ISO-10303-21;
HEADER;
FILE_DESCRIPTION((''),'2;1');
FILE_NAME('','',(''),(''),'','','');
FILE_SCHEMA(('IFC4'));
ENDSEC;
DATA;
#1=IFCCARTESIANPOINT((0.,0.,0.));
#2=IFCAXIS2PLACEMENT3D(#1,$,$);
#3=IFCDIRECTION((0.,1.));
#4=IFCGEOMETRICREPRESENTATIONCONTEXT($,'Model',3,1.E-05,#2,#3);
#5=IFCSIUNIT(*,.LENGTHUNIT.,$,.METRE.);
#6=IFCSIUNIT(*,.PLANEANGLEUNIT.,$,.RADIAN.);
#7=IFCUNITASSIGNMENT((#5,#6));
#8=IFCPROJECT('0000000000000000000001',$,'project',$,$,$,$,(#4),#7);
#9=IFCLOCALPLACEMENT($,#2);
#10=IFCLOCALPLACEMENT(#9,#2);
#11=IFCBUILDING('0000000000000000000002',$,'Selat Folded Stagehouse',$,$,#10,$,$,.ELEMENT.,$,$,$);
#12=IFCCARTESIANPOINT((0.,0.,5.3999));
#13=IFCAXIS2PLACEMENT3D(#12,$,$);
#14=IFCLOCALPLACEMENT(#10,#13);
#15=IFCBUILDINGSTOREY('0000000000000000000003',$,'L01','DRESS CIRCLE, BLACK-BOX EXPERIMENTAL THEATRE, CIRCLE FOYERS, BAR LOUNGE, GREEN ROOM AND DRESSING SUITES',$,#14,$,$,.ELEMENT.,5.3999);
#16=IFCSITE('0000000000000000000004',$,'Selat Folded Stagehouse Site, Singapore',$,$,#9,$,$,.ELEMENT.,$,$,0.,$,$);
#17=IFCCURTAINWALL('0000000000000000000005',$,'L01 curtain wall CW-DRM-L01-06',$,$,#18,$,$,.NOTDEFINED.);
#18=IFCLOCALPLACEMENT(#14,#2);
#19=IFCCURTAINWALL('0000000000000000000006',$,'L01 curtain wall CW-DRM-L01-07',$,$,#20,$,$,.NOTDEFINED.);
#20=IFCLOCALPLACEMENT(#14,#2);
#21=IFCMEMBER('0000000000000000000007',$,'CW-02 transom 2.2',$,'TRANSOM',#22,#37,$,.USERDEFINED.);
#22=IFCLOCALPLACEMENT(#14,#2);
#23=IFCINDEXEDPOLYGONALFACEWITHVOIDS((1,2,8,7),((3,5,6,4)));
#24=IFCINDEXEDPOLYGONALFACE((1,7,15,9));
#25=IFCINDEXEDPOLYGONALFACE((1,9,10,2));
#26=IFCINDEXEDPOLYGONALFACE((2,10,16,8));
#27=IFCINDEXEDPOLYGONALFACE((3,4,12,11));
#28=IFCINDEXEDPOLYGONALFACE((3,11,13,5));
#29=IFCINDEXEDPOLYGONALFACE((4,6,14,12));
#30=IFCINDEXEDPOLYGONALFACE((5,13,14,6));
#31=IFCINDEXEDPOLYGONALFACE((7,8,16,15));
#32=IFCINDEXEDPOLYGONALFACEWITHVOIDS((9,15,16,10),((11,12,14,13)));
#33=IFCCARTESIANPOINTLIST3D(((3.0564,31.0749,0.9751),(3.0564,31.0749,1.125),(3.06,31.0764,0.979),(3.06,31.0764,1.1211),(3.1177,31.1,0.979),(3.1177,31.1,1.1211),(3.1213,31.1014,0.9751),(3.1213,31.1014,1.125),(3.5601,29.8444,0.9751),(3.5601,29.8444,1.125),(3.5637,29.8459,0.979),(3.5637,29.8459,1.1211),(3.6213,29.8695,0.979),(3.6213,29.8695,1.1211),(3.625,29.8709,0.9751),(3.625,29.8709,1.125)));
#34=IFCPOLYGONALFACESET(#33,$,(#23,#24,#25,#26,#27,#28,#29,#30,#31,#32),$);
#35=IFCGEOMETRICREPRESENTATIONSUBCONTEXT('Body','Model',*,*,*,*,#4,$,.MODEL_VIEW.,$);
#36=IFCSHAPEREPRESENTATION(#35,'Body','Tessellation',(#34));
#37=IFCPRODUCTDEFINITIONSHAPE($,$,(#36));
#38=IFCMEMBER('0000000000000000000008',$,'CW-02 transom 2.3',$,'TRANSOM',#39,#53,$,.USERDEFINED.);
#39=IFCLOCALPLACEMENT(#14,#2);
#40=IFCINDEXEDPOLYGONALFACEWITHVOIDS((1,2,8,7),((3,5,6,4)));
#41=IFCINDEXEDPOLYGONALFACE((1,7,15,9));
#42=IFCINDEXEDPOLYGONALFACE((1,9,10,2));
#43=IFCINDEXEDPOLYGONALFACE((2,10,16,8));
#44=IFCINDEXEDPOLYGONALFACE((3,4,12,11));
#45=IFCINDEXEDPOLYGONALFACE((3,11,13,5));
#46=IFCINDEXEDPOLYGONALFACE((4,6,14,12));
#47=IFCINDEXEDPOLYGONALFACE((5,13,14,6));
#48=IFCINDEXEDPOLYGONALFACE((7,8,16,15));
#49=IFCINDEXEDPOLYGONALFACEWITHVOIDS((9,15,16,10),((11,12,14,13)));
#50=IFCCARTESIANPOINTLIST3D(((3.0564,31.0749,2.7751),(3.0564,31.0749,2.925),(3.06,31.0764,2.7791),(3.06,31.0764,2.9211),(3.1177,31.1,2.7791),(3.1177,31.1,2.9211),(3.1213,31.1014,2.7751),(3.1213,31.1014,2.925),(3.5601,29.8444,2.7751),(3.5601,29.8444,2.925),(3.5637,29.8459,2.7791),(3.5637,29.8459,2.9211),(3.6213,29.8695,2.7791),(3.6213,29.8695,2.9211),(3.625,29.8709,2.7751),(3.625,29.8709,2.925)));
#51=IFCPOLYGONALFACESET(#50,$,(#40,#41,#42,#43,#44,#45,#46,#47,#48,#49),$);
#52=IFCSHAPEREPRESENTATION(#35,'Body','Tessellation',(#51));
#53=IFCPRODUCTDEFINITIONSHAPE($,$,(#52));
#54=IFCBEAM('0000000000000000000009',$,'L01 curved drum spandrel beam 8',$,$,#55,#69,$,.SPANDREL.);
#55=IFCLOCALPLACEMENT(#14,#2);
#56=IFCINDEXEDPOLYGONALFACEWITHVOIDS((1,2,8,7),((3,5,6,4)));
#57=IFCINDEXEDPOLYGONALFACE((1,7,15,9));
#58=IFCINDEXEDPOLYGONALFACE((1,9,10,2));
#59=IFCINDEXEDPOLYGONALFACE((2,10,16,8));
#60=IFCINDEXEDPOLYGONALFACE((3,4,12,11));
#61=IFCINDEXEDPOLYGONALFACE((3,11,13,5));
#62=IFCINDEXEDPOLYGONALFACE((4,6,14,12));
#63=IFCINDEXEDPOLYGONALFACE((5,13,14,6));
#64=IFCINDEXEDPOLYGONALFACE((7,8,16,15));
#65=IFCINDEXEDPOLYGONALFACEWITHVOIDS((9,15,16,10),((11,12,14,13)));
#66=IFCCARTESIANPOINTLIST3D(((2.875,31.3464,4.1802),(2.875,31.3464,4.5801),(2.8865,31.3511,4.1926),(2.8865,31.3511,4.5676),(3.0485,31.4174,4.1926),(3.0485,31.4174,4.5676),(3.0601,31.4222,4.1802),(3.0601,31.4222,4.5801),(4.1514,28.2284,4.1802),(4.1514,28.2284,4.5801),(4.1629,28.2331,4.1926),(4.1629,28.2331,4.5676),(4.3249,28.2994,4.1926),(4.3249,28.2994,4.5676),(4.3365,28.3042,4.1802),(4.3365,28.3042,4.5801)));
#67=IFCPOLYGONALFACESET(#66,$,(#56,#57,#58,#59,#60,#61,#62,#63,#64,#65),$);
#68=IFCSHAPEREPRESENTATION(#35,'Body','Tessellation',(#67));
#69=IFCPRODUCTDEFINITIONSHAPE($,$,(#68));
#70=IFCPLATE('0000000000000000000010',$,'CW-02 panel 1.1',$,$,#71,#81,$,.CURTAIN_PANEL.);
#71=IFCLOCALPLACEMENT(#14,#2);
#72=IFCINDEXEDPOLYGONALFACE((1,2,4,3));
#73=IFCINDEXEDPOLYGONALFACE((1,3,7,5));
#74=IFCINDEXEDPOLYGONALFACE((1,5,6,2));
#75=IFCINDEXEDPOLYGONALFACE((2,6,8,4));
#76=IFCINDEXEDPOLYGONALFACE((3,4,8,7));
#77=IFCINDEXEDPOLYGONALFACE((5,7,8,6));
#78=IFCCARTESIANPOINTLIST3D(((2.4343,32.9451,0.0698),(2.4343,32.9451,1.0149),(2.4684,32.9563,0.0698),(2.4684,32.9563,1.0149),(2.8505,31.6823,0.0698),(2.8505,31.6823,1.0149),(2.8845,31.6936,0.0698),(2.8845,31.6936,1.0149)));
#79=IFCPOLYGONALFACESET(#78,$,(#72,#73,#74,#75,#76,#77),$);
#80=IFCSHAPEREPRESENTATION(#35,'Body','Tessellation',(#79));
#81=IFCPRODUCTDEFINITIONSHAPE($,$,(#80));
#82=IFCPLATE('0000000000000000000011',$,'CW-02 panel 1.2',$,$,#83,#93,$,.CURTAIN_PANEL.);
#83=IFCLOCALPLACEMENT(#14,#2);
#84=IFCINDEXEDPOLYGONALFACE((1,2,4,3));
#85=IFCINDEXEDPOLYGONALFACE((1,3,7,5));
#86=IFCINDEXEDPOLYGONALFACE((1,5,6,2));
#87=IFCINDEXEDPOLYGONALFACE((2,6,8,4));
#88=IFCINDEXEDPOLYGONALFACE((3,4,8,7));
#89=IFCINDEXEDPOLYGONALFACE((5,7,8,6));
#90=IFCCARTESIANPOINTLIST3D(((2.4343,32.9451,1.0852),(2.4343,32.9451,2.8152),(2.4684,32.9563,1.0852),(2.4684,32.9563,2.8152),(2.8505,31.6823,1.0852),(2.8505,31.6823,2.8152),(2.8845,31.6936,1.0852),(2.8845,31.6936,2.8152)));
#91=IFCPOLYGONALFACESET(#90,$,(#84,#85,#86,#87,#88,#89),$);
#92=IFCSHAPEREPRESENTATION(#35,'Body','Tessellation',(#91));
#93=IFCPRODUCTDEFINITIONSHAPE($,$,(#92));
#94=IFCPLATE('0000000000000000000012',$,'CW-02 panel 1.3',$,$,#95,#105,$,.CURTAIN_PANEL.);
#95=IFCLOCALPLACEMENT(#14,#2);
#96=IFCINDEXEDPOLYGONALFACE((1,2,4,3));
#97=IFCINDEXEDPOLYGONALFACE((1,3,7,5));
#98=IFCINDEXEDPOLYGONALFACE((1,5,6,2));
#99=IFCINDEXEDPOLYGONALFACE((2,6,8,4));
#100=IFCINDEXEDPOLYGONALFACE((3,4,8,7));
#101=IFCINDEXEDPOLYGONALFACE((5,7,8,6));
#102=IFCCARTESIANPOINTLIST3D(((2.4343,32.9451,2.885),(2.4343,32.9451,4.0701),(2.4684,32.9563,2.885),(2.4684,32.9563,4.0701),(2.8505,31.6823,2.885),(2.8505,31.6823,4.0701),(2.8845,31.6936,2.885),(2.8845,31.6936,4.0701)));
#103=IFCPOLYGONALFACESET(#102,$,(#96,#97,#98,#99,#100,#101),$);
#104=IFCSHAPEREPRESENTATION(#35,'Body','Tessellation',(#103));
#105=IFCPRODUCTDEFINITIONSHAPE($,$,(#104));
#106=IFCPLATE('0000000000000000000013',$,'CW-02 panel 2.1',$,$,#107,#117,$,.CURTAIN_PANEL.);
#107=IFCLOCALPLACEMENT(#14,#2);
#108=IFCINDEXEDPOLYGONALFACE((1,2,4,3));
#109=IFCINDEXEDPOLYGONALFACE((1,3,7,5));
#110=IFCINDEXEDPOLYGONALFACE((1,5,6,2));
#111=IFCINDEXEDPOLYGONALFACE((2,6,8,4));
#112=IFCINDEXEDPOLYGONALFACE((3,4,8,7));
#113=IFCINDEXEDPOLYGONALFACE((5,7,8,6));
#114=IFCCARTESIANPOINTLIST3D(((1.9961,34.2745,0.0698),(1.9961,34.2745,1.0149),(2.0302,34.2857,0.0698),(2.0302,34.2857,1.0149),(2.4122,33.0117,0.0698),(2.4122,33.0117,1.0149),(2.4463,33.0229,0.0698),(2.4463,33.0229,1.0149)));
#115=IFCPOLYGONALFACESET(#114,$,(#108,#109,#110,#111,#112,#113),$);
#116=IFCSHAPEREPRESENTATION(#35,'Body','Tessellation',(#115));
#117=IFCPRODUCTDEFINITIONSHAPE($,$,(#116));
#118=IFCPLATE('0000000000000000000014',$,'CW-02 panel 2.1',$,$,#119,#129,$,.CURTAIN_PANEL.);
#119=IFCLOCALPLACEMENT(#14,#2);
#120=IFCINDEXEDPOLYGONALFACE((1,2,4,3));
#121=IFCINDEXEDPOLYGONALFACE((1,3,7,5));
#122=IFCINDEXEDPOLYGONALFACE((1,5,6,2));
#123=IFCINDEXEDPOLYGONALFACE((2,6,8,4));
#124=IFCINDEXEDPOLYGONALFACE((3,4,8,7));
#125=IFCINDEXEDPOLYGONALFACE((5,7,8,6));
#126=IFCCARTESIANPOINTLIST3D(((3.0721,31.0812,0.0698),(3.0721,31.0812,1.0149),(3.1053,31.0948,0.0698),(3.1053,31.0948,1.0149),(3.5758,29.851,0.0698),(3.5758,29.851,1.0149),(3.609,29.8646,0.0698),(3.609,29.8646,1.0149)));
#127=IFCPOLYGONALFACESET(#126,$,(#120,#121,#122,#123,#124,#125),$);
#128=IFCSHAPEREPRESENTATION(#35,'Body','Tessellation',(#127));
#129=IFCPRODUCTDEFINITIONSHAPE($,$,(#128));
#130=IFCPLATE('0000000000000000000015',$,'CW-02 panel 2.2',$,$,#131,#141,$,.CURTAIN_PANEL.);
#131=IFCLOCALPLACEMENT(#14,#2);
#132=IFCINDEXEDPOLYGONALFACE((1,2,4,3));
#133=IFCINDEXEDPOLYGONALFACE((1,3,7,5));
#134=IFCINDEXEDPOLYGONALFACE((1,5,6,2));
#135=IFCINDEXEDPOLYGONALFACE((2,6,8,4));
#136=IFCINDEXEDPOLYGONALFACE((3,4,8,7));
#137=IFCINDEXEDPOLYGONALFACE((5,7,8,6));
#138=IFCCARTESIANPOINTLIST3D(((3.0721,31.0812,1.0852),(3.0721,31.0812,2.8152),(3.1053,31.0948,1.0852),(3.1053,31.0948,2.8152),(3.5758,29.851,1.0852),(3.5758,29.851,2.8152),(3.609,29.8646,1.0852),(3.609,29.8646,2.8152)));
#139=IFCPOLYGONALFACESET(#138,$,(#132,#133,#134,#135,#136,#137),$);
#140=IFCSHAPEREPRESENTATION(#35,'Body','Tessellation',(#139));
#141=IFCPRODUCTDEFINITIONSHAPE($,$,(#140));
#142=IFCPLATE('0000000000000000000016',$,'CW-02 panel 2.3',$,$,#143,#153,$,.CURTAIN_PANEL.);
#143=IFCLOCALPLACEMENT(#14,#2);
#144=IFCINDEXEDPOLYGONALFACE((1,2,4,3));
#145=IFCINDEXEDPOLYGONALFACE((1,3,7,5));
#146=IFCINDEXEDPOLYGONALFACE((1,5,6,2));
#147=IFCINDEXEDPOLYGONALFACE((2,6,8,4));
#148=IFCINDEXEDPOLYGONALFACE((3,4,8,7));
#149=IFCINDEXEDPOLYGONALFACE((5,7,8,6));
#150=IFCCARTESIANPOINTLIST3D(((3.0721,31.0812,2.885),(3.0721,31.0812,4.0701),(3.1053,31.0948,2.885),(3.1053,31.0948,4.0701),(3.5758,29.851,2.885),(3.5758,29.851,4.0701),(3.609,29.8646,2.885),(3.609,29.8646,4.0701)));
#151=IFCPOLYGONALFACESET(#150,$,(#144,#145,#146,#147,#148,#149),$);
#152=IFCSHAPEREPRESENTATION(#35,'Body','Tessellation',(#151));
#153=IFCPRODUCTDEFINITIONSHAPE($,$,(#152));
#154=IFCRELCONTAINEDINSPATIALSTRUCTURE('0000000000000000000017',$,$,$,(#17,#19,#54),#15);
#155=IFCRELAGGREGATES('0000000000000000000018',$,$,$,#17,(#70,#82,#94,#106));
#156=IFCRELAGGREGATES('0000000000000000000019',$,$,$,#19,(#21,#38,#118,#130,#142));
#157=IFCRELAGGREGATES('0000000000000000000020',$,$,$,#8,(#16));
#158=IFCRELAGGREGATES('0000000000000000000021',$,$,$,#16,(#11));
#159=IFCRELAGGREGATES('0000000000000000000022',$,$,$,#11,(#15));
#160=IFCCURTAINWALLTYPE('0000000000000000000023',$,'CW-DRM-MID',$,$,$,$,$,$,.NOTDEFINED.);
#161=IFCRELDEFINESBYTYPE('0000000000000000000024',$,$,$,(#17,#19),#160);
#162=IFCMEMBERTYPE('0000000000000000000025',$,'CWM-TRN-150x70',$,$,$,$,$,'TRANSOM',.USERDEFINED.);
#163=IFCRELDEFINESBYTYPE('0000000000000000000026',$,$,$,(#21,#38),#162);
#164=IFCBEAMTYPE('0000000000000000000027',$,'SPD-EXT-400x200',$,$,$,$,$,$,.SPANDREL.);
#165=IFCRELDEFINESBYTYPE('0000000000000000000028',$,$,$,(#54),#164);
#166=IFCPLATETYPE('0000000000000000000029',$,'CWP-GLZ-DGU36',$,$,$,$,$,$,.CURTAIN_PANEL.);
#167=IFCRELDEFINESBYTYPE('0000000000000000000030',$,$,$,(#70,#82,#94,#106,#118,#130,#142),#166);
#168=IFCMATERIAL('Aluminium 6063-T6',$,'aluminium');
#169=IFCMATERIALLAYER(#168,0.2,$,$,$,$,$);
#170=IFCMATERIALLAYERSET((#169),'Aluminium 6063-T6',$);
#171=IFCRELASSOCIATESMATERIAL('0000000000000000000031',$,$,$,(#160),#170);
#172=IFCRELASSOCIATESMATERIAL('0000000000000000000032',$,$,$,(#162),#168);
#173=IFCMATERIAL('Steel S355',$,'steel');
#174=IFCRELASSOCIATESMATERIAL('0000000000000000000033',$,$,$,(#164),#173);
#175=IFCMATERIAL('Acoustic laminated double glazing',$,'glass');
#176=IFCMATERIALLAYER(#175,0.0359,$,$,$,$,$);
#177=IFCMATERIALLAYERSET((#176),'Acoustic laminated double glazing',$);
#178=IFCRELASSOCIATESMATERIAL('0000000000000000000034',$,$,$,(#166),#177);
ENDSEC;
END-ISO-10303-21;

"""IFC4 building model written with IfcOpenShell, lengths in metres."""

from ifc_helpers import new_model, si_unit, direction, frame, origin, origin_2d, place, context, subcontext, project, spatial, rectangle, hollow_rectangle, extrude, material, layer, layer_set, material_profile, profile_set, type_object, element, aggregate, save


model = new_model("IFC4")

# Units and contexts
model_context = context("Model", 3, precision=1e-05, world=origin(), true_north=direction((0.0, 1.0)))
body_context = subcontext(model_context, "Body", "Model", "MODEL_VIEW")
ifc_project = project(units=[si_unit("LENGTHUNIT", "METRE"), si_unit("PLANEANGLEUNIT", "RADIAN")], contexts=[model_context])

# Site, building, storey
site_placement = place(None, origin())
site = spatial("IfcSite", under=ifc_project, at=site_placement, Name="Selat Folded Stagehouse Site, Singapore", CompositionType="ELEMENT", RefElevation=0.0)
building_placement = place(site_placement, origin())
building = spatial("IfcBuilding", under=site, at=building_placement, Name="Selat Folded Stagehouse", CompositionType="ELEMENT")
storey_placement = place(building_placement, frame((0.0, 0.0, 5.3999)))
storey = spatial("IfcBuildingStorey", under=building, at=storey_placement, Name="L01", Description="DRESS CIRCLE, BLACK-BOX EXPERIMENTAL THEATRE, CIRCLE FOYERS, BAR LOUNGE, GREEN ROOM AND DRESSING SUITES", CompositionType="ELEMENT", Elevation=5.3999)

# Curtain walls, members
ifc_material_1 = material(Name="Aluminium 6063-T6", Category="aluminium")
ifc_layer_1 = layer(ifc_material_1, 0.2)
ifc_layer_set_1 = layer_set([ifc_layer_1], Name="Aluminium 6063-T6")
curtain_wall_type = type_object("IfcCurtainWallType", Name="CW-DRM-MID", PredefinedType="NOTDEFINED", material=ifc_layer_set_1)
curtain_wall_1_placement = place(storey_placement, origin())
curtain_wall_1 = element("IfcCurtainWall", 1, at=curtain_wall_1_placement, inside=storey, type_object=curtain_wall_type, Name="L01 curtain wall CW-DRM-L01-06", PredefinedType="NOTDEFINED")
ifc_material_profile_1 = material_profile(ifc_material_1, hollow_rectangle(XDim=0.0701, YDim=0.1499, WallThickness=0.0039, at=origin_2d()), Name="ALU 150x70x4.0")
ifc_profile_set_1 = profile_set([ifc_material_profile_1], Name="Aluminium 6063-T6")
member_type_1 = type_object("IfcMemberType", Name="CWM-TRN-150x70", ElementType="TRANSOM", PredefinedType="USERDEFINED", material=ifc_profile_set_1)
curtain_wall_2_placement = place(storey_placement, origin())
curtain_wall_2 = element("IfcCurtainWall", 2, at=curtain_wall_2_placement, inside=storey, type_object=curtain_wall_type, Name="L01 curtain wall CW-DRM-L01-07", PredefinedType="NOTDEFINED")
member_1_placement = place(storey_placement, frame((3.5925, 29.8577, 1.05), z_axis=(-0.378819, 0.925471, 0.0), x_axis=(-0.925471, -0.378819, 0.0)))
member_1 = element("IfcMember", 3, at=member_1_placement, type_object=member_type_1, Name="CW-02 transom 2.2", ObjectType="TRANSOM", PredefinedType="USERDEFINED", context=body_context, shape_type="SweptSolid", body=[
    extrude(hollow_rectangle(XDim=0.0701, YDim=0.1499, WallThickness=0.0039, at=origin_2d()), origin(), (0.0, 0.0, 1.0), 1.3296),
])
member_2_placement = place(storey_placement, frame((3.5925, 29.8577, 2.8501), z_axis=(-0.378819, 0.925471, 0.0), x_axis=(-0.925471, -0.378819, 0.0)))
member_2 = element("IfcMember", 4, at=member_2_placement, type_object=member_type_1, Name="CW-02 transom 2.3", ObjectType="TRANSOM", PredefinedType="USERDEFINED", context=body_context, shape_type="SweptSolid", body=[
    extrude(hollow_rectangle(XDim=0.0701, YDim=0.1499, WallThickness=0.0039, at=origin_2d()), origin(), (0.0, 0.0, 1.0), 1.3296),
])

# Beam
ifc_material_2 = material(Name="Steel S355", Category="steel")
ifc_material_profile_2 = material_profile(ifc_material_2, hollow_rectangle(XDim=0.2, YDim=0.3999, WallThickness=0.0125, at=origin_2d()), Name="RHS 400x200x12.5")
ifc_profile_set_2 = profile_set([ifc_material_profile_2], Name="Steel S355")
beam_type = type_object("IfcBeamType", Name="SPD-EXT-400x200", PredefinedType="SPANDREL", material=ifc_profile_set_2)
beam_placement = place(storey_placement, frame((2.9675, 31.3843, 4.3801), z_axis=(0.37885, -0.925458, 0.0), x_axis=(0.925458, 0.37885, 0.0)))
element("IfcBeam", 5, at=beam_placement, inside=storey, type_object=beam_type, Name="L01 curved drum spandrel beam 8", PredefinedType="SPANDREL", context=body_context, shape_type="SweptSolid", body=[
    extrude(hollow_rectangle(XDim=0.2, YDim=0.3999, WallThickness=0.0125, at=origin_2d()), origin(), (0.0, 0.0, 1.0), 3.3691),
])

# Plates
ifc_material_3 = material(Name="Acoustic laminated double glazing", Category="glass")
ifc_layer_2 = layer(ifc_material_3, 0.0359)
ifc_layer_set_2 = layer_set([ifc_layer_2], Name="Acoustic laminated double glazing")
plate_type = type_object("IfcPlateType", Name="CWP-GLZ-DGU36", PredefinedType="CURTAIN_PANEL", material=ifc_layer_set_2)
plate_1_placement = place(storey_placement, frame((2.6594, 32.3193, 0.0698), z_axis=(0.0, 0.0, 1.0), x_axis=(-0.312995, 0.949755, 0.0)))
plate_1 = element("IfcPlate", 6, at=plate_1_placement, type_object=plate_type, Name="CW-02 panel 1.1", PredefinedType="CURTAIN_PANEL", context=body_context, shape_type="SweptSolid", body=[
    extrude(rectangle(XDim=1.3296, YDim=0.0359, at=origin_2d()), origin(), (0.0, 0.0, 1.0), 0.9451),
])
plate_2_placement = place(storey_placement, frame((2.6594, 32.3193, 1.0852), z_axis=(0.0, 0.0, 1.0), x_axis=(-0.312995, 0.949755, 0.0)))
plate_2 = element("IfcPlate", 7, at=plate_2_placement, type_object=plate_type, Name="CW-02 panel 1.2", PredefinedType="CURTAIN_PANEL", context=body_context, shape_type="SweptSolid", body=[
    extrude(rectangle(XDim=1.3296, YDim=0.0359, at=origin_2d()), origin(), (0.0, 0.0, 1.0), 1.73),
])
plate_3_placement = place(storey_placement, frame((2.6594, 32.3193, 2.885), z_axis=(0.0, 0.0, 1.0), x_axis=(-0.312995, 0.949755, 0.0)))
plate_3 = element("IfcPlate", 8, at=plate_3_placement, type_object=plate_type, Name="CW-02 panel 1.3", PredefinedType="CURTAIN_PANEL", context=body_context, shape_type="SweptSolid", body=[
    extrude(rectangle(XDim=1.3296, YDim=0.0359, at=origin_2d()), origin(), (0.0, 0.0, 1.0), 1.1851),
])
plate_4_placement = place(storey_placement, frame((2.2212, 33.6487, 0.0698), z_axis=(0.0, 0.0, 1.0), x_axis=(-0.312995, 0.949755, 0.0)))
plate_4 = element("IfcPlate", 9, at=plate_4_placement, type_object=plate_type, Name="CW-02 panel 2.1", PredefinedType="CURTAIN_PANEL", context=body_context, shape_type="SweptSolid", body=[
    extrude(rectangle(XDim=1.3296, YDim=0.0359, at=origin_2d()), origin(), (0.0, 0.0, 1.0), 0.9451),
])
aggregate(curtain_wall_1, [plate_1, plate_2, plate_3, plate_4])
plate_5_placement = place(storey_placement, frame((3.3406, 30.4729, 0.0698), z_axis=(0.0, 0.0, 1.0), x_axis=(-0.378891, 0.925441, 0.0)))
plate_5 = element("IfcPlate", 10, at=plate_5_placement, type_object=plate_type, Name="CW-02 panel 2.1", PredefinedType="CURTAIN_PANEL", context=body_context, shape_type="SweptSolid", body=[
    extrude(rectangle(XDim=1.3293, YDim=0.0359, at=origin_2d()), origin(), (0.0, 0.0, 1.0), 0.9451),
])
plate_6_placement = place(storey_placement, frame((3.3406, 30.4729, 1.0852), z_axis=(0.0, 0.0, 1.0), x_axis=(-0.378891, 0.925441, 0.0)))
plate_6 = element("IfcPlate", 11, at=plate_6_placement, type_object=plate_type, Name="CW-02 panel 2.2", PredefinedType="CURTAIN_PANEL", context=body_context, shape_type="SweptSolid", body=[
    extrude(rectangle(XDim=1.3293, YDim=0.0359, at=origin_2d()), origin(), (0.0, 0.0, 1.0), 1.73),
])
plate_7_placement = place(storey_placement, frame((3.3406, 30.4729, 2.885), z_axis=(0.0, 0.0, 1.0), x_axis=(-0.378891, 0.925441, 0.0)))
plate_7 = element("IfcPlate", 12, at=plate_7_placement, type_object=plate_type, Name="CW-02 panel 2.3", PredefinedType="CURTAIN_PANEL", context=body_context, shape_type="SweptSolid", body=[
    extrude(rectangle(XDim=1.3293, YDim=0.0359, at=origin_2d()), origin(), (0.0, 0.0, 1.0), 1.1851),
])
aggregate(curtain_wall_2, [member_1, member_2, plate_5, plate_6, plate_7])

save(model, "model.ifc")
